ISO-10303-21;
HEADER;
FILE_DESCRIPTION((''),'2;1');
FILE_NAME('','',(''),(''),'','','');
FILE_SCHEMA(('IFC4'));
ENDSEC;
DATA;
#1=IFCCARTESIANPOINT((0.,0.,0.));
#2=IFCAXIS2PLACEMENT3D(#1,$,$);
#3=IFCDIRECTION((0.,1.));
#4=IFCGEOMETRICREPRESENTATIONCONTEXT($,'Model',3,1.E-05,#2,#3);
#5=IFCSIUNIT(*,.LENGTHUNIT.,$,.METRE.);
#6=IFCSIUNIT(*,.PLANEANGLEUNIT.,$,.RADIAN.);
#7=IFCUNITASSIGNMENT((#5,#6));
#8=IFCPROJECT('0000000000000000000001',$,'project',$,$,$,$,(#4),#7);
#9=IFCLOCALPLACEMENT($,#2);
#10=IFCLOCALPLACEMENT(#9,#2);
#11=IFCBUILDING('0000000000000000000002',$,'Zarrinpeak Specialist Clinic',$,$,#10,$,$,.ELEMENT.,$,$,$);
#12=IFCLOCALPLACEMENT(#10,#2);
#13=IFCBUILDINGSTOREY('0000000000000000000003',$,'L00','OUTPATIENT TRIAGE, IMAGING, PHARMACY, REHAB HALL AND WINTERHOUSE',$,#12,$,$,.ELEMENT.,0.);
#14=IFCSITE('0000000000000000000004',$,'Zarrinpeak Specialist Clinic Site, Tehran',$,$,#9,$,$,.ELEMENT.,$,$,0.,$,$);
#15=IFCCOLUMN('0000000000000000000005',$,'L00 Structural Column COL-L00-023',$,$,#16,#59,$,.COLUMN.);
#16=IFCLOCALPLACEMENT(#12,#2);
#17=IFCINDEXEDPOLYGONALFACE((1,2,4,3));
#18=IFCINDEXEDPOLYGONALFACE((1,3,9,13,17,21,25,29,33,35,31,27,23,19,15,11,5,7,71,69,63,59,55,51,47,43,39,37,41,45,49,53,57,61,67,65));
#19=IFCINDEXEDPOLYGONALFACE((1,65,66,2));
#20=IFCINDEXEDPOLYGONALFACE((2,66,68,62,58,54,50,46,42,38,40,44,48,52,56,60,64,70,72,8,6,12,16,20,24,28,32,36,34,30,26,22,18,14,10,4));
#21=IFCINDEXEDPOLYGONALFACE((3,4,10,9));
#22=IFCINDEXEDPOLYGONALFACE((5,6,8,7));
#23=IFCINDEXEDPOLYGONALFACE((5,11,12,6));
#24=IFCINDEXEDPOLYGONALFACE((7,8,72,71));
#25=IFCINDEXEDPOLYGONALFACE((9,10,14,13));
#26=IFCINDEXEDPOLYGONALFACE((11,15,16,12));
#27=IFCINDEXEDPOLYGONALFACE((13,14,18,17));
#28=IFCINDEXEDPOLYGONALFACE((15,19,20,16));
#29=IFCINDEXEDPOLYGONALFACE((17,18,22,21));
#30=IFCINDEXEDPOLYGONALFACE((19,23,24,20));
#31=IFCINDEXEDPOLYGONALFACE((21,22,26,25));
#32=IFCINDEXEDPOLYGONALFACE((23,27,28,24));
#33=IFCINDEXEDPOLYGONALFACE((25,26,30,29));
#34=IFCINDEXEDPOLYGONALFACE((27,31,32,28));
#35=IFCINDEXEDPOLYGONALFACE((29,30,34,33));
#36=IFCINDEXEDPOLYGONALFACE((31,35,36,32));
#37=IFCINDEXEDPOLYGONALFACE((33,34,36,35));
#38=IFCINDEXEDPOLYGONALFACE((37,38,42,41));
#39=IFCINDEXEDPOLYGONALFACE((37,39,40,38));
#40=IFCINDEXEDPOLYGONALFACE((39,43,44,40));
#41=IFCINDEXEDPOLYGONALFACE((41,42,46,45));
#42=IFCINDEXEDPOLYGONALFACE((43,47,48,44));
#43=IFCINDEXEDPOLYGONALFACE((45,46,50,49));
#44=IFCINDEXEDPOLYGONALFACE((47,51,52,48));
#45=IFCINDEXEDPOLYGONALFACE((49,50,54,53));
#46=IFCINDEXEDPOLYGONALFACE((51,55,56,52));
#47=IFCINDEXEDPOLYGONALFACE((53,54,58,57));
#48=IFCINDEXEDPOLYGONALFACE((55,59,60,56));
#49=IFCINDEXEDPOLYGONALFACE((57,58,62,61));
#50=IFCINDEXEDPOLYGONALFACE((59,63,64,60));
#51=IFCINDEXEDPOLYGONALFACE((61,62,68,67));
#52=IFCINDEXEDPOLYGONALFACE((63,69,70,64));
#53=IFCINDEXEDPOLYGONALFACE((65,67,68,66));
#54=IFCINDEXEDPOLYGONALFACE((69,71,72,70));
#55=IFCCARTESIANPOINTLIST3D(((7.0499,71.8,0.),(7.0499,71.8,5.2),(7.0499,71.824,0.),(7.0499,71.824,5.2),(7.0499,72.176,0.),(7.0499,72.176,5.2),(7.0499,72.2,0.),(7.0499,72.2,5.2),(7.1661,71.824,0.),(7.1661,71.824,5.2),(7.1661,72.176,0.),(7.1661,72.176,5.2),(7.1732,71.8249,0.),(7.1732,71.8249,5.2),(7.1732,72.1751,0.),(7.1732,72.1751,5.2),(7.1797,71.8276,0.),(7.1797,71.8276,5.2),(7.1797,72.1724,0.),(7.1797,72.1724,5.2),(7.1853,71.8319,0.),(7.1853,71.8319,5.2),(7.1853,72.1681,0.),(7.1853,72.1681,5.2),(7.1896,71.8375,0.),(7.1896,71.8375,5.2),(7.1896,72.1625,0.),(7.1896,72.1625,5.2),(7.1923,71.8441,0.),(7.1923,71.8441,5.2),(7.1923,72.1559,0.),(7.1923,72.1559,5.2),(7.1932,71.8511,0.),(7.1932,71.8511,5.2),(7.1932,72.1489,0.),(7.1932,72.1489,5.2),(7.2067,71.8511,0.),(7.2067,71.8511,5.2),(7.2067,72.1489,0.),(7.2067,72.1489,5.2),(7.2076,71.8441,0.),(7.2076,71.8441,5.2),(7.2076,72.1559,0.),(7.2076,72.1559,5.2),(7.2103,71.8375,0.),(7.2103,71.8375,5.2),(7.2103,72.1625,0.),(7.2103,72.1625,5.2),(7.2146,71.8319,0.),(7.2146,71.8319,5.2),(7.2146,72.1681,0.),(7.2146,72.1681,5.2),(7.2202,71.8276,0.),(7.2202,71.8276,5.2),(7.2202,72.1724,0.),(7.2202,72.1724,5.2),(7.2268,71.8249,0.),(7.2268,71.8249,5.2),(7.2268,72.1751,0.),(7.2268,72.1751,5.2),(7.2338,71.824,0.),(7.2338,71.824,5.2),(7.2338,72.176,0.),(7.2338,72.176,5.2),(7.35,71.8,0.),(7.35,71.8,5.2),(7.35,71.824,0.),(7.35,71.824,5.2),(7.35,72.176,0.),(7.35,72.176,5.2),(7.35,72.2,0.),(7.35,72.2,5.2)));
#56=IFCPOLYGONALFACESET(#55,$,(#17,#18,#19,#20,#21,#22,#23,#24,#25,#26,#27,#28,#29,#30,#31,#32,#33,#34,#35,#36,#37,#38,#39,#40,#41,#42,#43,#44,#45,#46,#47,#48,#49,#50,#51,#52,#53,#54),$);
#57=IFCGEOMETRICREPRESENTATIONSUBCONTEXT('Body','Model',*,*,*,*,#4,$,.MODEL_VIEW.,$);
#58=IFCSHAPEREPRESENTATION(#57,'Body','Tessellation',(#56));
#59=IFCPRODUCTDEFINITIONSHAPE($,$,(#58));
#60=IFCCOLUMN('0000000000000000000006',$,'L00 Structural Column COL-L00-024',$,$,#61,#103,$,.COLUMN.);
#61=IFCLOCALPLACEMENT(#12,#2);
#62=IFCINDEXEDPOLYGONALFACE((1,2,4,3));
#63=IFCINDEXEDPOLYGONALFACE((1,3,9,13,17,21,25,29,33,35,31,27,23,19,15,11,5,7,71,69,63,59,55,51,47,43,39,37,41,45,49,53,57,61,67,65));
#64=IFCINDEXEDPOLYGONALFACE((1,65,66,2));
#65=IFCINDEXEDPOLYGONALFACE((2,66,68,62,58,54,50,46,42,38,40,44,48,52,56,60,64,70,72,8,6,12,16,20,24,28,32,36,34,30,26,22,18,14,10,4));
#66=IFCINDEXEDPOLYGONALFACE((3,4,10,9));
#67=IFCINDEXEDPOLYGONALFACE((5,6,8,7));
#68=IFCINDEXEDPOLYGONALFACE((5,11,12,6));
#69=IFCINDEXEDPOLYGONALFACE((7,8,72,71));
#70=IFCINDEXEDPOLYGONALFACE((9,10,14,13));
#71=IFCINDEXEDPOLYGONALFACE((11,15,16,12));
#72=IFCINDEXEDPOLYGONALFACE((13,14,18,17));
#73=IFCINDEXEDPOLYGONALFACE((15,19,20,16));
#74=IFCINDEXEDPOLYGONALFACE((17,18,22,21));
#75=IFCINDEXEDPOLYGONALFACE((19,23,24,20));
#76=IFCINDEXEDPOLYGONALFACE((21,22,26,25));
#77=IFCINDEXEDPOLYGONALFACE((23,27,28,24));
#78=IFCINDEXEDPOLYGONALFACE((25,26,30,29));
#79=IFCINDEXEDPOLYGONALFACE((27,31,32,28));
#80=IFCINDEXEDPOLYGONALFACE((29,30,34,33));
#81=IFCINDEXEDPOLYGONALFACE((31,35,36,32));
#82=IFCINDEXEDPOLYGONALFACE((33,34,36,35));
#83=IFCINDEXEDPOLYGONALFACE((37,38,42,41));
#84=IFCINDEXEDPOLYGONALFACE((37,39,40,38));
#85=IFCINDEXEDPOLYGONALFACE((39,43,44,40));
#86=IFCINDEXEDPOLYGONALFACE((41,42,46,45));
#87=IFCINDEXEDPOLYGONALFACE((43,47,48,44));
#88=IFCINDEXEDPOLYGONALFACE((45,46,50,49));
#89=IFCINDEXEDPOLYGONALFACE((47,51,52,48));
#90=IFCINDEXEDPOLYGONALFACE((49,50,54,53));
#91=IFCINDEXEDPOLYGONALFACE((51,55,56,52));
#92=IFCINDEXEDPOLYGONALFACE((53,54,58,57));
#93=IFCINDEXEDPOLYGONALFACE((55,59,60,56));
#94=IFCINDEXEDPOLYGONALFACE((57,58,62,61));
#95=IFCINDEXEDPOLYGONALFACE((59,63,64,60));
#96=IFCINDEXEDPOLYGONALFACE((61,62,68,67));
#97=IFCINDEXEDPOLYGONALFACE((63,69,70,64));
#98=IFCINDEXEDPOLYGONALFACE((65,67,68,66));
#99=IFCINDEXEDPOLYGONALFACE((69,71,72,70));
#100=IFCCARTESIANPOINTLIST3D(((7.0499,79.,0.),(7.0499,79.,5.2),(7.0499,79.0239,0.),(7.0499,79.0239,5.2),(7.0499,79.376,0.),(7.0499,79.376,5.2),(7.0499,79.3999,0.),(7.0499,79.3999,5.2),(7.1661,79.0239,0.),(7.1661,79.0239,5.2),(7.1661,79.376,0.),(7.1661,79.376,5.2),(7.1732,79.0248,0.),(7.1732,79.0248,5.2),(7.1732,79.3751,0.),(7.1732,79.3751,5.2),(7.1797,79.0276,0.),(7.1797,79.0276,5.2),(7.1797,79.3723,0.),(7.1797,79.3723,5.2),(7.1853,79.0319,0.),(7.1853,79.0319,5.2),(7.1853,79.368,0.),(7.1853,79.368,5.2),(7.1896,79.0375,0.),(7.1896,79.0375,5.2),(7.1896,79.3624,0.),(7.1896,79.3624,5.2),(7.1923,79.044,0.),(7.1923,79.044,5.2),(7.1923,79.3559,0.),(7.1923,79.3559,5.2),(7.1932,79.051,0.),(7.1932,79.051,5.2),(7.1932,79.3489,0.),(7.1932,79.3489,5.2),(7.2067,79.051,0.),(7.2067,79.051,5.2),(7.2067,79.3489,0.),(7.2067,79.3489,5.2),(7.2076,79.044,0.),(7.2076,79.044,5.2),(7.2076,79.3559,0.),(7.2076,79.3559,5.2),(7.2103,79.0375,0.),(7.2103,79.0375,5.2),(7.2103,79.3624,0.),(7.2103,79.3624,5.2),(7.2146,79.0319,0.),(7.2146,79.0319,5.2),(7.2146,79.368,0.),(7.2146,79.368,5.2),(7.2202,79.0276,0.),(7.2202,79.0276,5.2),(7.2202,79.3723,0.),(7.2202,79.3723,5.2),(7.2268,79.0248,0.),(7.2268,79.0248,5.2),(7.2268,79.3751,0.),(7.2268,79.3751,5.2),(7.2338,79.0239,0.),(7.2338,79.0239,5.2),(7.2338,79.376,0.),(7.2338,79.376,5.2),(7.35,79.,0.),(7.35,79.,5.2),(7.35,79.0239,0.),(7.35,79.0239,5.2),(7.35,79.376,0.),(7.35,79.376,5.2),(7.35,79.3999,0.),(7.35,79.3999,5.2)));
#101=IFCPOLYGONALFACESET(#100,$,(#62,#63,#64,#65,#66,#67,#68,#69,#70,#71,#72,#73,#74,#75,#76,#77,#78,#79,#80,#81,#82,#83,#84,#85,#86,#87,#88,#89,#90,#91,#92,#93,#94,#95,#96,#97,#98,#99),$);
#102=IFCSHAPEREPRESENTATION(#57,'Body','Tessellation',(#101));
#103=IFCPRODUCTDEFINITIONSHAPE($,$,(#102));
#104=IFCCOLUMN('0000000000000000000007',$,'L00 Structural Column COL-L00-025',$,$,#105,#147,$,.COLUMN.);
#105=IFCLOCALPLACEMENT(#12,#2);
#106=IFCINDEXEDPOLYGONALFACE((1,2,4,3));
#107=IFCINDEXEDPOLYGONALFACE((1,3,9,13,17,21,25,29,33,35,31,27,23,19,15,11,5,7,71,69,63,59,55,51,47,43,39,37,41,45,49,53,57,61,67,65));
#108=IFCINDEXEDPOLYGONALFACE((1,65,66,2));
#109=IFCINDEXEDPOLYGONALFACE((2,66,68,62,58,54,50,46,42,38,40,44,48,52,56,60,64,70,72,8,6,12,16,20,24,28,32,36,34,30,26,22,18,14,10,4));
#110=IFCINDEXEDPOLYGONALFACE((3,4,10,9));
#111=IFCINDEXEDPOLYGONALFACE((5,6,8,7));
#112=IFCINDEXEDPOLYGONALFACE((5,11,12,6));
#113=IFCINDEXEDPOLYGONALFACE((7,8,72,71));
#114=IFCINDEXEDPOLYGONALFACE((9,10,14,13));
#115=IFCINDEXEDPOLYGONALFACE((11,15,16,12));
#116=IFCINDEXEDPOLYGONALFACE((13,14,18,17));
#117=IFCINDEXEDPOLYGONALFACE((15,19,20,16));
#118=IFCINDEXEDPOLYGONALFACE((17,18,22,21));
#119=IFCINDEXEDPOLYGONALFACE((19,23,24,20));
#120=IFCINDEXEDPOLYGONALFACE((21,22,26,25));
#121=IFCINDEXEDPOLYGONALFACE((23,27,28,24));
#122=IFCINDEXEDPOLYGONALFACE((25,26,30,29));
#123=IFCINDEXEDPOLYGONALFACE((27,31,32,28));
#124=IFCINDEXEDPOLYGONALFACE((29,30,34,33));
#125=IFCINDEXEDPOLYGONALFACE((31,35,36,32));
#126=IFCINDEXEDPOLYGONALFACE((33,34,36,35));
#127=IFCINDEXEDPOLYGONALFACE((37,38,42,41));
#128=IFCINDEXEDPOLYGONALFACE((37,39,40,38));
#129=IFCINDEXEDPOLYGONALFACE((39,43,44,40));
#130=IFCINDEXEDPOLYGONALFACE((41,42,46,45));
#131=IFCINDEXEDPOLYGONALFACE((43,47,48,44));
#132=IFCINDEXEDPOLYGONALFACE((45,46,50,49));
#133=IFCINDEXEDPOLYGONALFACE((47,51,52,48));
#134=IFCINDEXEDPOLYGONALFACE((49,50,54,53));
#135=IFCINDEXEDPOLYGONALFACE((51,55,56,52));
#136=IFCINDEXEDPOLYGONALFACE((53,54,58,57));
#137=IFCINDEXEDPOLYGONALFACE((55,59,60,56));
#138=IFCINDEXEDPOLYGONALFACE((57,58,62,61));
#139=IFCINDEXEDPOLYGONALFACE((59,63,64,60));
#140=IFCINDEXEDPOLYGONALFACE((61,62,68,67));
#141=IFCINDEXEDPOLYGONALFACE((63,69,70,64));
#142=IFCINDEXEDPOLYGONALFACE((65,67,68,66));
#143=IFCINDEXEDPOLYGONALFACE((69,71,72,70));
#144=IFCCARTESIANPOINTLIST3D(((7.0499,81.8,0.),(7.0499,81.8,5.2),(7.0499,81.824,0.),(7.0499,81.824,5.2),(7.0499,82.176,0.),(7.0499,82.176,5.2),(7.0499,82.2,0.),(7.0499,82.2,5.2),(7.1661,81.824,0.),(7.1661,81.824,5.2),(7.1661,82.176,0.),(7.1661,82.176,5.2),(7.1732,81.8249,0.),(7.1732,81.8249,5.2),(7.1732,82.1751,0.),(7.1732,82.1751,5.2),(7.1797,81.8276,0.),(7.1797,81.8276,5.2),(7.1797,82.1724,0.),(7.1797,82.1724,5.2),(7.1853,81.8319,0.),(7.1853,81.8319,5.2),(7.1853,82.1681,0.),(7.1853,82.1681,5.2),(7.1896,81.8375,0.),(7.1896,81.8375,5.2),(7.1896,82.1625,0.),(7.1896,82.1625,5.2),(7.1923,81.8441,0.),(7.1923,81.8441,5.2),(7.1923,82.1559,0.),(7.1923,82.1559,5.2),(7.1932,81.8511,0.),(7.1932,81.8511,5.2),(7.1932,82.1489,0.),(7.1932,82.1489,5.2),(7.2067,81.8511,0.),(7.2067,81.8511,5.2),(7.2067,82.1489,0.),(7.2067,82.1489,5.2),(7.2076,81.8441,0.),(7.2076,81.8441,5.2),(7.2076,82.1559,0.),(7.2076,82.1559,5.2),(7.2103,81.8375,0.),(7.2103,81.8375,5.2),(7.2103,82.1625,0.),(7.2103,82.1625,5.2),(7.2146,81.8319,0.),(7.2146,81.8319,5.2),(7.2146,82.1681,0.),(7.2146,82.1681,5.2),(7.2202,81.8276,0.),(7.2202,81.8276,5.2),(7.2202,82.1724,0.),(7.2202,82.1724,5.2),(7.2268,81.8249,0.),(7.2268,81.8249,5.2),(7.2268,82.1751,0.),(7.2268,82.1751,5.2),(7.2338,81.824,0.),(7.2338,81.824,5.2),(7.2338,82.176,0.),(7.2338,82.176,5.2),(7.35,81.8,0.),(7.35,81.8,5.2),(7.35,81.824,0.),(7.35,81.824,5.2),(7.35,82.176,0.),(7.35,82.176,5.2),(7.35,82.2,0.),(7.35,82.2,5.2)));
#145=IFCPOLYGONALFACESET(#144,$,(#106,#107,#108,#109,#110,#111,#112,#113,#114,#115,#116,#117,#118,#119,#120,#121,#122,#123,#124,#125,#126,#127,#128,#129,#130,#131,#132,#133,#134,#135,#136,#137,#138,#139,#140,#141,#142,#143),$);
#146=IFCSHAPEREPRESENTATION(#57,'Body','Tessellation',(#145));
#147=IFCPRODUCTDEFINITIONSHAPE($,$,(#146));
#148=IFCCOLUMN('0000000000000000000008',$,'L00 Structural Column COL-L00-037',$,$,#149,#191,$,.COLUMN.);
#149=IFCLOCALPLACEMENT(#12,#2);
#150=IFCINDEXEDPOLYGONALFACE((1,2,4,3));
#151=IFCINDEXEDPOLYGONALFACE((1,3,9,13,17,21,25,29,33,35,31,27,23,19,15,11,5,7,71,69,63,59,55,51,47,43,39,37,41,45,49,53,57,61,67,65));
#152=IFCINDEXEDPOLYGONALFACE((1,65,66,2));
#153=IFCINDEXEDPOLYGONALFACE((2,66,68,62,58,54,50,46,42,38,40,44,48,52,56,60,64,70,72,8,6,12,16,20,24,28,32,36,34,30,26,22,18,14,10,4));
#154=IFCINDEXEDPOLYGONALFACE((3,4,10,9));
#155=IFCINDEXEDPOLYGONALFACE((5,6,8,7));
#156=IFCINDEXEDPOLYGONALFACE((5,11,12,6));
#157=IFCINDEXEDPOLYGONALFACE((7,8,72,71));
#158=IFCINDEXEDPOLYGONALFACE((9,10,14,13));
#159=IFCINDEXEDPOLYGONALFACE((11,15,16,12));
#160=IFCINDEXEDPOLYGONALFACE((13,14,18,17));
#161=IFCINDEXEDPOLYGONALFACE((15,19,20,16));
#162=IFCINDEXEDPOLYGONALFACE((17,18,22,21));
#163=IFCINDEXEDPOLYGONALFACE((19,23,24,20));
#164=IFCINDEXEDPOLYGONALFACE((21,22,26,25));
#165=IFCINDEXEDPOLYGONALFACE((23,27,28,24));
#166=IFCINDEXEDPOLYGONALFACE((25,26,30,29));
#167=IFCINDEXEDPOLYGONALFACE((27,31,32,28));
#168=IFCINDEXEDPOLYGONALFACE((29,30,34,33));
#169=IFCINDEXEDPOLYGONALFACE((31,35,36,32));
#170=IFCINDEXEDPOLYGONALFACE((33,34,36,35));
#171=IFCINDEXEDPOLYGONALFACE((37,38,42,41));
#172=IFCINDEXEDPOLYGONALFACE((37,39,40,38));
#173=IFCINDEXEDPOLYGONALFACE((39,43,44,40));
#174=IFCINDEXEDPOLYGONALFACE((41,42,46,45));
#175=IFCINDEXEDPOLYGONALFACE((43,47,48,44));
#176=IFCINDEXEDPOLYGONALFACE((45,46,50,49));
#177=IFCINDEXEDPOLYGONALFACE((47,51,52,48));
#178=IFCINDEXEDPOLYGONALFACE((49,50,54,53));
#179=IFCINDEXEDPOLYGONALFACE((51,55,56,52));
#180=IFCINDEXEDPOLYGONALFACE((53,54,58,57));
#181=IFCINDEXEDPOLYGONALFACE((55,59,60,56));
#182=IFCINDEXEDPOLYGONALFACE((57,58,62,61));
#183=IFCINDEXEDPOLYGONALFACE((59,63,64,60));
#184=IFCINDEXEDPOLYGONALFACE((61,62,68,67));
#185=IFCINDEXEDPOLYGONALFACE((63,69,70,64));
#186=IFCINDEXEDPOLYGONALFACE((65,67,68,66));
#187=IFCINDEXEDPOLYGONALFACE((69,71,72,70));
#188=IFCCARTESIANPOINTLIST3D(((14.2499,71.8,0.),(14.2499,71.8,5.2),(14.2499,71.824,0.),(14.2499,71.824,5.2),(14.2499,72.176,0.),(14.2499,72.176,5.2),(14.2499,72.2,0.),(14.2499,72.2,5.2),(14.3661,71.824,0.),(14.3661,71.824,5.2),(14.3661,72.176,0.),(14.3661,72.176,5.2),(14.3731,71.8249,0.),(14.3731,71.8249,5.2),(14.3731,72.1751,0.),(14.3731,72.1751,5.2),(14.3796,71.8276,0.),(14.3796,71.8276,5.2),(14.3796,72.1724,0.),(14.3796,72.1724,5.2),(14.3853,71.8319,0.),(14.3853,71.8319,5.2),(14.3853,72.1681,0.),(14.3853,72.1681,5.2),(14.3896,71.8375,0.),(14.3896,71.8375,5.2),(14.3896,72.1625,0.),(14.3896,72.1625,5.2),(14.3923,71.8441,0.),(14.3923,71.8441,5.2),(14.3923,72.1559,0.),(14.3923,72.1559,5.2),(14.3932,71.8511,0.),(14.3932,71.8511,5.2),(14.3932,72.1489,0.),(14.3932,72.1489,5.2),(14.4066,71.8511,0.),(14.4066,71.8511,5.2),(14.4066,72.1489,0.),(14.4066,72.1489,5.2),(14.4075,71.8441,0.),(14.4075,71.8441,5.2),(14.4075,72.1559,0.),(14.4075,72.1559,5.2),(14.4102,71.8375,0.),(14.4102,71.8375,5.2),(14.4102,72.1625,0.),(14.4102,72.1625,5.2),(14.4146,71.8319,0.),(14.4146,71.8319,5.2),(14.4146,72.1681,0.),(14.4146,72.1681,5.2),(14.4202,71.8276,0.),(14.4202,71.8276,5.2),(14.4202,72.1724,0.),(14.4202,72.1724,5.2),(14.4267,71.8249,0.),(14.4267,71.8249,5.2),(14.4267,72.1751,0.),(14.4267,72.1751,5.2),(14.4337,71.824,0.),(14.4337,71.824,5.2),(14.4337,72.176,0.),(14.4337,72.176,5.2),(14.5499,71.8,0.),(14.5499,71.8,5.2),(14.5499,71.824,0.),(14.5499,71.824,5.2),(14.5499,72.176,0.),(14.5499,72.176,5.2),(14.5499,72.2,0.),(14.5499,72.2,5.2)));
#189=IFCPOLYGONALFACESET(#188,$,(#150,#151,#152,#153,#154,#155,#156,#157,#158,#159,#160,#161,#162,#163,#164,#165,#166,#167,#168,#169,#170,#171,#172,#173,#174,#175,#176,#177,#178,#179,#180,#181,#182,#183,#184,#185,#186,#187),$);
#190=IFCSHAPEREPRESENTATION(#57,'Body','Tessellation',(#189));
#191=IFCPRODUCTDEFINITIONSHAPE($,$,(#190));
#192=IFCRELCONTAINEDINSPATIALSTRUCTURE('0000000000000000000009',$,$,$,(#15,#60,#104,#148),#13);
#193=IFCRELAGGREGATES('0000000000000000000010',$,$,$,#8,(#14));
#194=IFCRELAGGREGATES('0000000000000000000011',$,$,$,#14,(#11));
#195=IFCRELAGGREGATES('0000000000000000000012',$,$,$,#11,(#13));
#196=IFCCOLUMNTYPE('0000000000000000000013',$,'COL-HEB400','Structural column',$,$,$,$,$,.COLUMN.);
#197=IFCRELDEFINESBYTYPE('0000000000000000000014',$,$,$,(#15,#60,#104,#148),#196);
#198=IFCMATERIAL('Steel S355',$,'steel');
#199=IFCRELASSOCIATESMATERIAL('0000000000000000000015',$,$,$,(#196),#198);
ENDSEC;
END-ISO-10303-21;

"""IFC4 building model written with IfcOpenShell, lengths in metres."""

from ifc_helpers import new_model, si_unit, direction, frame, origin, origin_2d, place, context, subcontext, project, spatial, i_section, extrude, material, material_profile, profile_set, type_object, element, save


model = new_model("IFC4")

# Units and contexts
model_context = context("Model", 3, precision=1e-05, world=origin(), true_north=direction((0.0, 1.0)))
body_context = subcontext(model_context, "Body", "Model", "MODEL_VIEW")
ifc_project = project(units=[si_unit("LENGTHUNIT", "METRE"), si_unit("PLANEANGLEUNIT", "RADIAN")], contexts=[model_context])

# Site, building, storey
site_placement = place(None, origin())
site = spatial("IfcSite", under=ifc_project, at=site_placement, Name="Zarrinpeak Specialist Clinic Site, Tehran", CompositionType="ELEMENT", RefElevation=0.0)
building_placement = place(site_placement, origin())
building = spatial("IfcBuilding", under=site, at=building_placement, Name="Zarrinpeak Specialist Clinic", CompositionType="ELEMENT")
storey_placement = place(building_placement, origin())
storey = spatial("IfcBuildingStorey", under=building, at=storey_placement, Name="L00", Description="OUTPATIENT TRIAGE, IMAGING, PHARMACY, REHAB HALL AND WINTERHOUSE", CompositionType="ELEMENT", Elevation=0.0)

# Columns
ifc_material_1 = material(Name="Steel S355", Category="steel")
ifc_material_profile_1 = material_profile(ifc_material_1, i_section(OverallWidth=0.3, OverallDepth=0.3999, WebThickness=0.0134, FlangeThickness=0.0239, FilletRadius=0.0271, at=origin_2d()), Name="HEB 400")
ifc_profile_set_1 = profile_set([ifc_material_profile_1], Name="Steel S355")
column_type = type_object("IfcColumnType", Name="COL-HEB400", Description="Structural column", PredefinedType="COLUMN", material=ifc_profile_set_1)
for number, where, z_axis, x_axis, name in (
    (1, (7.2, 72.0, 0.0), (0.0, 0.0, 1.0), (1.0, 0.0, 0.0), "L00 Structural Column COL-L00-023"),
    (2, (7.2, 79.2, 0.0), (0.0, 0.0, 1.0), (1.0, 0.0, 0.0), "L00 Structural Column COL-L00-024"),
    (3, (7.2, 82.0, 0.0), (0.0, 0.0, 1.0), (1.0, 0.0, 0.0), "L00 Structural Column COL-L00-025"),
    (4, (14.3999, 72.0, 0.0), (0.0, 0.0, 1.0), (1.0, 0.0, 0.0), "L00 Structural Column COL-L00-037"),
):
    element("IfcColumn", number, at=place(storey_placement, frame(where, z_axis=z_axis, x_axis=x_axis)), inside=storey, type_object=column_type, Name=name, PredefinedType="COLUMN", context=body_context, shape_type="SweptSolid", body=[
        extrude(i_section(OverallWidth=0.3, OverallDepth=0.3999, WebThickness=0.0134, FlangeThickness=0.0239, FilletRadius=0.0271, at=origin_2d()), origin(), (0.0, 0.0, 1.0), 5.2),
    ])

save(model, "model.ifc")
